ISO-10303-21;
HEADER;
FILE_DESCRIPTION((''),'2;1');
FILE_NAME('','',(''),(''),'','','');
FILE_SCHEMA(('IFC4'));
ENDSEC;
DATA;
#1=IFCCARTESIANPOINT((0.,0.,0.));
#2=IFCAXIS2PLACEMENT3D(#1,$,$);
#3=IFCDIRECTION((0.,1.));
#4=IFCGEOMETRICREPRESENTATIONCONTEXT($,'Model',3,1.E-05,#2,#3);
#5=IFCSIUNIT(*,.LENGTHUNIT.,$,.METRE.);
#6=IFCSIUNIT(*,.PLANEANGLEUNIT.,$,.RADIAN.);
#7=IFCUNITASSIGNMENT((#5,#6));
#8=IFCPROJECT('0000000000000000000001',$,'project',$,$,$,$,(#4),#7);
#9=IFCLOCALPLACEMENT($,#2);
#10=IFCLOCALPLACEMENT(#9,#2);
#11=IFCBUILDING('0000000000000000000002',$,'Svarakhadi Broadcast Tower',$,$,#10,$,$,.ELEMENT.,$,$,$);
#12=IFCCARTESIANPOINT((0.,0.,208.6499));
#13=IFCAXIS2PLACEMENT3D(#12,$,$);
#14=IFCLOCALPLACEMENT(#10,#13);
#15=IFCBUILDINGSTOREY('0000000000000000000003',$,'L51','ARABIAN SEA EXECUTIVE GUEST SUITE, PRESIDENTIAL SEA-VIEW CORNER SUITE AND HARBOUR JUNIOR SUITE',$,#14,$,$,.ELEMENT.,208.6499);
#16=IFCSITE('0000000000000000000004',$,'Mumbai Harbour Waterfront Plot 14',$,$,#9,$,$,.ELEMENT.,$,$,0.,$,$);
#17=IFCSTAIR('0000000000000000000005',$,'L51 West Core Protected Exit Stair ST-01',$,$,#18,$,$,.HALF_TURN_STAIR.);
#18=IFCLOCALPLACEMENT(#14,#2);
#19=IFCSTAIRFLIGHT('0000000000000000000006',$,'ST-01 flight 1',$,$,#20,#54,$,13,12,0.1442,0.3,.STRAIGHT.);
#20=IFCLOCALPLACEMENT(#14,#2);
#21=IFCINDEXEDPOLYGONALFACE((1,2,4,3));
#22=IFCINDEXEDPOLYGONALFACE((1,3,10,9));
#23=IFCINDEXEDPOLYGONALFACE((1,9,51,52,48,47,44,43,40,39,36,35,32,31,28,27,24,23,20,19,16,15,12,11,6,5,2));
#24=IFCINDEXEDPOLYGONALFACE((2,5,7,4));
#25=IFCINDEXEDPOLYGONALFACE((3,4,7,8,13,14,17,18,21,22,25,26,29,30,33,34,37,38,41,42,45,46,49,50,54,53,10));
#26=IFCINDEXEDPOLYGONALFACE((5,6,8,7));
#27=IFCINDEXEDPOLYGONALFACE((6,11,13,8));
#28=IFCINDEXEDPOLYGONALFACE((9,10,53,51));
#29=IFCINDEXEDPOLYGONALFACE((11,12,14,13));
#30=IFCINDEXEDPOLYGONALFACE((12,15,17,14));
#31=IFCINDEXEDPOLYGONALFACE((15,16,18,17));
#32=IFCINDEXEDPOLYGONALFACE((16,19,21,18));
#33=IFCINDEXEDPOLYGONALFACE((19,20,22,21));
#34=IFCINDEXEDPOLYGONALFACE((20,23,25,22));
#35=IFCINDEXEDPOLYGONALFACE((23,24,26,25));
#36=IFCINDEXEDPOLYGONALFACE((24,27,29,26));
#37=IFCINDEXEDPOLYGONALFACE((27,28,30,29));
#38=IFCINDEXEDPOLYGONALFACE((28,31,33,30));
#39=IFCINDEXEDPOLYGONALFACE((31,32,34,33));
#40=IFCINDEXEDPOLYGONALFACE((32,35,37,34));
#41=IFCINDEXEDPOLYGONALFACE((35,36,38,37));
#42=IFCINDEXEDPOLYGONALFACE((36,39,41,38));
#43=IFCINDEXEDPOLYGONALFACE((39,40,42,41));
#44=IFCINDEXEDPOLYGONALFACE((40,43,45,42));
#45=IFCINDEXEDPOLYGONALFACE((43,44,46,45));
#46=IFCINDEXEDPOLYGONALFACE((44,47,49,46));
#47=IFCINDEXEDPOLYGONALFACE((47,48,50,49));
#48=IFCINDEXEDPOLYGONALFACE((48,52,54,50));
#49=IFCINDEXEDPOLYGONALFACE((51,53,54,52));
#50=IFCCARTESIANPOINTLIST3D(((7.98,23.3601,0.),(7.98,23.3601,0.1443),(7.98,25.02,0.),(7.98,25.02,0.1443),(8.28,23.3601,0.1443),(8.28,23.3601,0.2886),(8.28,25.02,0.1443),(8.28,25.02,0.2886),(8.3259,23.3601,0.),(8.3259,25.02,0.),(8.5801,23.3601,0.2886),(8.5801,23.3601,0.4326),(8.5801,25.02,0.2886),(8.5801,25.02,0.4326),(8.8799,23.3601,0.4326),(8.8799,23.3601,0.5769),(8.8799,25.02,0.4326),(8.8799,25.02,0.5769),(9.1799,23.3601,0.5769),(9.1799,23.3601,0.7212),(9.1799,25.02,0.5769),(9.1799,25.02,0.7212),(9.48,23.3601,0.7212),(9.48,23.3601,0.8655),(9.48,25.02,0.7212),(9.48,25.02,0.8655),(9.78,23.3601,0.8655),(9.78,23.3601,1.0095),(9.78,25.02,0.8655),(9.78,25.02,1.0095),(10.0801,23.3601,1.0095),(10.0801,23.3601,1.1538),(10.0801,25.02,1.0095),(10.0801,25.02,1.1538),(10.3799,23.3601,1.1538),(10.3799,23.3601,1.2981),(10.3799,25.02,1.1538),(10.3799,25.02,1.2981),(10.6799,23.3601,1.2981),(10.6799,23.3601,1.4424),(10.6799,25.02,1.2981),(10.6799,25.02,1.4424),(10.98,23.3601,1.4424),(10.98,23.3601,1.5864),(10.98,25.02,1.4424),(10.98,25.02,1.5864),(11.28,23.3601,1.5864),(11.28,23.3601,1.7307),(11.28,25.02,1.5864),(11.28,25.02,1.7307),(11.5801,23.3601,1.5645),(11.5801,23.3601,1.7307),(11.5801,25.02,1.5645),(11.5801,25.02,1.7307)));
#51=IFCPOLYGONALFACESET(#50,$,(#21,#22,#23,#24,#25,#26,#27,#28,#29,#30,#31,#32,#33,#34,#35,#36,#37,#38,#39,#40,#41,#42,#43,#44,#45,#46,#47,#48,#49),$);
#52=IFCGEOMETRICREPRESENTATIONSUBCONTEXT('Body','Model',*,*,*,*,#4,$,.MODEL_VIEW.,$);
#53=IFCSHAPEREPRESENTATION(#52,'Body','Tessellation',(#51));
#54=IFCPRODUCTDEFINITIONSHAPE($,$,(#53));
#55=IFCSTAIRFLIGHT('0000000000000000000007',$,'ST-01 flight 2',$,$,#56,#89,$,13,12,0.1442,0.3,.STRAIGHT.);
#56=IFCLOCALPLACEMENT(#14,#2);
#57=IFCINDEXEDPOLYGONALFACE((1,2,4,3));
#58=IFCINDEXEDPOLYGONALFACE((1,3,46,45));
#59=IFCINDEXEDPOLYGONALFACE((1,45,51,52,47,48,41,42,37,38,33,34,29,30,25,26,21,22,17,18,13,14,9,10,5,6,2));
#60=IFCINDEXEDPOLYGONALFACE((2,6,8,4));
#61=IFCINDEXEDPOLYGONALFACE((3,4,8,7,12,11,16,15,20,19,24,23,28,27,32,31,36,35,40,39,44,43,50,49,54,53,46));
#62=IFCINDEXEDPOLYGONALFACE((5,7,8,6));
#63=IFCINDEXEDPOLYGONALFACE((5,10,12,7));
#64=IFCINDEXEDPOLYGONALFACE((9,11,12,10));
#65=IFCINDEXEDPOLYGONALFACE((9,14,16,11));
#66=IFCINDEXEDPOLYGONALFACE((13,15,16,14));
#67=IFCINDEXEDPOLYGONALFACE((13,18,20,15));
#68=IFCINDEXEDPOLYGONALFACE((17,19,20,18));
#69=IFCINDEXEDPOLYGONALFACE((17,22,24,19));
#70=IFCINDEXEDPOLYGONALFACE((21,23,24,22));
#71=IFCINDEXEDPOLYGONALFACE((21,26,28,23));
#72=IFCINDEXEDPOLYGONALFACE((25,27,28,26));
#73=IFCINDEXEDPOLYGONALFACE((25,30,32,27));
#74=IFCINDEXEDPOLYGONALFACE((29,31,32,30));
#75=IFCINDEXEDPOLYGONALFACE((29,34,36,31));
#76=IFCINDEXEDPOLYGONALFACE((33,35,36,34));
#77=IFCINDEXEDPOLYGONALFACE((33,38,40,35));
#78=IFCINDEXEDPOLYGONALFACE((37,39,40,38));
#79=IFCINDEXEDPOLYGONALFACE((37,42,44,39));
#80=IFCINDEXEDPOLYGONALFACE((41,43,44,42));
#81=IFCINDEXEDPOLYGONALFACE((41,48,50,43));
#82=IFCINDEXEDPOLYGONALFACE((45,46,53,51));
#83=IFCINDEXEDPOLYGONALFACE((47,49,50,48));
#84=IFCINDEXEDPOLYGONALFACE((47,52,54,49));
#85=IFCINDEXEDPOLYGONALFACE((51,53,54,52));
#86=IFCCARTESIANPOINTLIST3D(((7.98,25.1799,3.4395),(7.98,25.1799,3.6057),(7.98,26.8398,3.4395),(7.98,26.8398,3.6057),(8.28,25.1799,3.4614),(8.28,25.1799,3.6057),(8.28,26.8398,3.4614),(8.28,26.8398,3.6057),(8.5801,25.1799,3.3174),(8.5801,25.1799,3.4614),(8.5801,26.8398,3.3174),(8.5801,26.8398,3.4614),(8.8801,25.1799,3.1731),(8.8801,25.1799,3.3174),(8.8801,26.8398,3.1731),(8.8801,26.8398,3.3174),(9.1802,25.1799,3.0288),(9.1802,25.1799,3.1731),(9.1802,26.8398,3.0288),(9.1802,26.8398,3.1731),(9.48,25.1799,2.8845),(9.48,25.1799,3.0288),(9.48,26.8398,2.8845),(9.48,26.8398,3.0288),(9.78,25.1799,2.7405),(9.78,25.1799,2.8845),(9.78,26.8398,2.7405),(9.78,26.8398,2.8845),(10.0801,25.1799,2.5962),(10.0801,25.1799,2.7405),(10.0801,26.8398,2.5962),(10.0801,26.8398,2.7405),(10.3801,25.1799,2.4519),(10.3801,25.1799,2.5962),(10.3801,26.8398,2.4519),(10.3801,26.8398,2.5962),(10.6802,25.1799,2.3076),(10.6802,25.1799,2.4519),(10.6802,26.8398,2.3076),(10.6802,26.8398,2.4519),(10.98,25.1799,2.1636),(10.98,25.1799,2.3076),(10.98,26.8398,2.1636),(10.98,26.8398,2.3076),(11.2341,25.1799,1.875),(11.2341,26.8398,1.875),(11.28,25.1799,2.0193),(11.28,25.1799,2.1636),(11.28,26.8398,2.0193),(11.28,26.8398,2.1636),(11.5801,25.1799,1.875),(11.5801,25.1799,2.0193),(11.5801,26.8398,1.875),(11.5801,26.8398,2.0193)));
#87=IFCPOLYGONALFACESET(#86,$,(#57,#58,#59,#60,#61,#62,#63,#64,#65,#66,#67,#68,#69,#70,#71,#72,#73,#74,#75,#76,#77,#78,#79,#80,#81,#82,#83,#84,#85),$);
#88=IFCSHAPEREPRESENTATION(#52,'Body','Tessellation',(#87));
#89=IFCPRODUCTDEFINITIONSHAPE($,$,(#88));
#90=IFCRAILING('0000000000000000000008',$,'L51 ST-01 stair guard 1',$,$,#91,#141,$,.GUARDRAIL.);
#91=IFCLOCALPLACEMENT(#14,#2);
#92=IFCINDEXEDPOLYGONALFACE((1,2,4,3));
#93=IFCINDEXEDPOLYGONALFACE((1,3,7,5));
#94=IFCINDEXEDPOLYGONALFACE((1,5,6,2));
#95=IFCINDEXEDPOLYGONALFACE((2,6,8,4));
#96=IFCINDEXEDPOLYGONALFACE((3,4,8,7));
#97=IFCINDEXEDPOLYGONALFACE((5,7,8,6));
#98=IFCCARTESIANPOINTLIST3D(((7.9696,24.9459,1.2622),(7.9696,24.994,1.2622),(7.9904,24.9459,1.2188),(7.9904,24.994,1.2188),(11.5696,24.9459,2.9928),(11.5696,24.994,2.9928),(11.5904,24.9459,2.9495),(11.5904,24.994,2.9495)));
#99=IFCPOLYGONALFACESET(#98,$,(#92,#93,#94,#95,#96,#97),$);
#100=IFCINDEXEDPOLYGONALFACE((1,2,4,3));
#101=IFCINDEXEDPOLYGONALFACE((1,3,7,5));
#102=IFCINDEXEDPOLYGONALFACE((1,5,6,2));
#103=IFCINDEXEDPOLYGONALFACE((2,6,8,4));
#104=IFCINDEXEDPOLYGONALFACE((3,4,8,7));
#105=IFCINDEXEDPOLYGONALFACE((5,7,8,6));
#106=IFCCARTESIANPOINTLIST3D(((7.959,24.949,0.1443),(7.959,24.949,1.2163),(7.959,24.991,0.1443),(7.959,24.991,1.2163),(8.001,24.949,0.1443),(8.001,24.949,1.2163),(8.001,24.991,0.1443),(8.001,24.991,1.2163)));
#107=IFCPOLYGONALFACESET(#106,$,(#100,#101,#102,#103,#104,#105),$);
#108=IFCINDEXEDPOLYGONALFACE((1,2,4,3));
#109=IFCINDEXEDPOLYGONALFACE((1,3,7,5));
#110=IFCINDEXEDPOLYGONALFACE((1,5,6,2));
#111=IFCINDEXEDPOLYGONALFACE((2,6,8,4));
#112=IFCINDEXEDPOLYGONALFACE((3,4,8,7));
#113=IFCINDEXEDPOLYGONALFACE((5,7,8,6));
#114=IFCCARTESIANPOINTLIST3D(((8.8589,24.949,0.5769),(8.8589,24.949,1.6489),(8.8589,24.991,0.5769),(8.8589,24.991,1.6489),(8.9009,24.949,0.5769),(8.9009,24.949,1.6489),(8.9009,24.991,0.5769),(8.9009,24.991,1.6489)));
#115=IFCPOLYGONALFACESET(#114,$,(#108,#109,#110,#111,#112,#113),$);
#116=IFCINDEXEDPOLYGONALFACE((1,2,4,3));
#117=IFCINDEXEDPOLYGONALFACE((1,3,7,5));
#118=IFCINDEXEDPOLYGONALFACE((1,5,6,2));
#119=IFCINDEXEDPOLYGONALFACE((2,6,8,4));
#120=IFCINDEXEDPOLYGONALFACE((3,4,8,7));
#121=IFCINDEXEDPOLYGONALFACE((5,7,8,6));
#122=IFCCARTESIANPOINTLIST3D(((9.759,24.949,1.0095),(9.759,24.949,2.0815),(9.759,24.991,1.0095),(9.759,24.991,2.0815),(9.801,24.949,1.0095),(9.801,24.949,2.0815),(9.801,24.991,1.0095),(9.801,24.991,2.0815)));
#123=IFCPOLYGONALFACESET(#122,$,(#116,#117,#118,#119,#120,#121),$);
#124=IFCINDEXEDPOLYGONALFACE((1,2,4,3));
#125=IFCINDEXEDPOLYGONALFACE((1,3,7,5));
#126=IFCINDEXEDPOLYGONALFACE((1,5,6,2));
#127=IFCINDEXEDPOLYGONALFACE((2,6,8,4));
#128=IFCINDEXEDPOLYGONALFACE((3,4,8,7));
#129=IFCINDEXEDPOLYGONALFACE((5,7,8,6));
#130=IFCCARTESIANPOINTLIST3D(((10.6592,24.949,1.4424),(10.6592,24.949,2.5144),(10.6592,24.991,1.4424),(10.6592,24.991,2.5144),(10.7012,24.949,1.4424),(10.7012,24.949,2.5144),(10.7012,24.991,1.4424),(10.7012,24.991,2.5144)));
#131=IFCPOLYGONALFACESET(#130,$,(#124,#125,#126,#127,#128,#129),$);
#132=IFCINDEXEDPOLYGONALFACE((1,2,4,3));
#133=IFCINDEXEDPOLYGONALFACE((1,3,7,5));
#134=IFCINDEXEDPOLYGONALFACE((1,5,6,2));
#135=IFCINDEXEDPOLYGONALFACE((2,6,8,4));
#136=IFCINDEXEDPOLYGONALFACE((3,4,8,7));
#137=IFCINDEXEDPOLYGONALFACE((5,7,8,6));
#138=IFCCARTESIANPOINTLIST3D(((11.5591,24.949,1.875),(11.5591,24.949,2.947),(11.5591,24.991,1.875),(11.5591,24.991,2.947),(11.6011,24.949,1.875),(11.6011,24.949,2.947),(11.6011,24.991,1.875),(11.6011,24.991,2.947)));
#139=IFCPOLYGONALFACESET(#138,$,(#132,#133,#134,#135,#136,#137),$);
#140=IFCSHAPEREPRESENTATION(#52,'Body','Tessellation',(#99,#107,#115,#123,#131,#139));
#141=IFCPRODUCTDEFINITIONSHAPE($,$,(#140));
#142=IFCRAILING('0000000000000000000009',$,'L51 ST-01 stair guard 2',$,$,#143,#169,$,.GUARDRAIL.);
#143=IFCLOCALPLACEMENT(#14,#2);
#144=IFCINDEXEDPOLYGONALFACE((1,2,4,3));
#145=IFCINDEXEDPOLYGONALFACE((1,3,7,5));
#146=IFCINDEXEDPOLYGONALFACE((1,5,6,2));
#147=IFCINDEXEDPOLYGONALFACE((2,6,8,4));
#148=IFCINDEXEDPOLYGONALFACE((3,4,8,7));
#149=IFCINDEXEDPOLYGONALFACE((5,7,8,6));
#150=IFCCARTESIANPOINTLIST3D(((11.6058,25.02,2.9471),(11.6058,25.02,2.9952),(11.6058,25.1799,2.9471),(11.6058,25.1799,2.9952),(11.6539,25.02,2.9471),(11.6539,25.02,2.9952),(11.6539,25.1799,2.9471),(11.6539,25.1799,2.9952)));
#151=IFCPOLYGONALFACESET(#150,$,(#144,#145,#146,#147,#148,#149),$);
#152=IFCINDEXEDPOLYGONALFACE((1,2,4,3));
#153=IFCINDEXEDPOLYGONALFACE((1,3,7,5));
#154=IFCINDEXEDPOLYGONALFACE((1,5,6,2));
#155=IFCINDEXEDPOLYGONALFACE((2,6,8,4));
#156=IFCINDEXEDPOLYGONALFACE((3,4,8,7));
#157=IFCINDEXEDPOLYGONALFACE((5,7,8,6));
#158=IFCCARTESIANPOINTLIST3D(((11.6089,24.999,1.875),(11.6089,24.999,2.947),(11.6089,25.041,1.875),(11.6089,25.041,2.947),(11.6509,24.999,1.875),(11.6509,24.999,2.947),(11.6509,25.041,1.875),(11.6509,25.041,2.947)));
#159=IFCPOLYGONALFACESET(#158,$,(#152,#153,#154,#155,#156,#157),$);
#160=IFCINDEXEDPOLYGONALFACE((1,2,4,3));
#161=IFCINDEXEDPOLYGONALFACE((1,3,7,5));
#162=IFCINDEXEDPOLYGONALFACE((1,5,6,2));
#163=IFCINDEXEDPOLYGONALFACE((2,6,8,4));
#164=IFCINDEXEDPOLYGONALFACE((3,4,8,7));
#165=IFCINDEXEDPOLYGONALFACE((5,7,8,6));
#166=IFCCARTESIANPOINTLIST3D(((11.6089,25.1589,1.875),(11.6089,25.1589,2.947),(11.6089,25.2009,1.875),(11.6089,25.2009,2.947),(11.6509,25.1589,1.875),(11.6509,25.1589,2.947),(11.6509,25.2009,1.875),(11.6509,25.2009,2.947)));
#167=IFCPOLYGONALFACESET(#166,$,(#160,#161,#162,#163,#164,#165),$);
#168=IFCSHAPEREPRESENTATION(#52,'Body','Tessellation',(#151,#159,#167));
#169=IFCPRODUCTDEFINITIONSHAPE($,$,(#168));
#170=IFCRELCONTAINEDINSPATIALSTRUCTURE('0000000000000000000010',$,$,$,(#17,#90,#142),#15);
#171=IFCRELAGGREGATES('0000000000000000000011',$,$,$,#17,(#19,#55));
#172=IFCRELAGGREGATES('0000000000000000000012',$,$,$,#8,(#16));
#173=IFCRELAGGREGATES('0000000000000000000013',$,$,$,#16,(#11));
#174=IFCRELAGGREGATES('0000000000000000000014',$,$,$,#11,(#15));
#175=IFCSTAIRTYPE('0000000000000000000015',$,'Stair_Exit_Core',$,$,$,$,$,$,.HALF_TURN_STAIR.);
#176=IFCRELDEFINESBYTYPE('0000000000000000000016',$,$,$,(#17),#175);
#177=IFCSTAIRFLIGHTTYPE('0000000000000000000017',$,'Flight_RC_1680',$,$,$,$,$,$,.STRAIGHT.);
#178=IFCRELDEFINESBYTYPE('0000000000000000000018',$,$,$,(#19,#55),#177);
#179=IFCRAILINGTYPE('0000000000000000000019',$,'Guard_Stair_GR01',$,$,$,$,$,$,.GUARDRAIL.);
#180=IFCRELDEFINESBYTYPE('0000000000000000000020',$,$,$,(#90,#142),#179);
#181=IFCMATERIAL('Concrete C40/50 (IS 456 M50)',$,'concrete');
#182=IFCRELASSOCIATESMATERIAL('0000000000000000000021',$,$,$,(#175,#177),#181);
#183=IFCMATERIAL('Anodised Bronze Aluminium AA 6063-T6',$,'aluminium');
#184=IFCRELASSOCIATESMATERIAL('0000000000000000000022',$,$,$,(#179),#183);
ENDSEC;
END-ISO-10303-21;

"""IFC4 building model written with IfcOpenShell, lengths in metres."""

from ifc_helpers import new_model, si_unit, direction, frame, origin, origin_2d, place, context, subcontext, project, spatial, polyline, rectangle, outline, extrude, material, type_object, element, aggregate, save


model = new_model("IFC4")

# Units and contexts
model_context = context("Model", 3, precision=1e-05, world=origin(), true_north=direction((0.0, 1.0)))
body_context = subcontext(model_context, "Body", "Model", "MODEL_VIEW")
ifc_project = project(units=[si_unit("LENGTHUNIT", "METRE"), si_unit("PLANEANGLEUNIT", "RADIAN")], contexts=[model_context])

# Site, building, storey
site_placement = place(None, origin())
site = spatial("IfcSite", under=ifc_project, at=site_placement, Name="Mumbai Harbour Waterfront Plot 14", CompositionType="ELEMENT", RefElevation=0.0)
building_placement = place(site_placement, origin())
building = spatial("IfcBuilding", under=site, at=building_placement, Name="Svarakhadi Broadcast Tower", CompositionType="ELEMENT")
storey_placement = place(building_placement, frame((0.0, 0.0, 208.6499)))
storey = spatial("IfcBuildingStorey", under=building, at=storey_placement, Name="L51", Description="ARABIAN SEA EXECUTIVE GUEST SUITE, PRESIDENTIAL SEA-VIEW CORNER SUITE AND HARBOUR JUNIOR SUITE", CompositionType="ELEMENT", Elevation=208.6499)

# Shared definitions
ifc_material_1 = material(Name="Concrete C40/50 (IS 456 M50)", Category="concrete")

# Stair, stair flights
stair_type = type_object("IfcStairType", Name="Stair_Exit_Core", PredefinedType="HALF_TURN_STAIR", material=ifc_material_1)
stair_placement = place(storey_placement, origin())
stair = element("IfcStair", 1, at=stair_placement, inside=storey, type_object=stair_type, Name="L51 West Core Protected Exit Stair ST-01", PredefinedType="HALF_TURN_STAIR")
stair_flight_type = type_object("IfcStairFlightType", Name="Flight_RC_1680", PredefinedType="STRAIGHT", material=ifc_material_1)
stair_flight_1_placement = place(storey_placement, frame((7.98, 24.1899, 0.0), z_axis=(0.0, 0.0, 1.0), x_axis=(1.0, 0.0, 0.0)))
stair_flight_1 = element("IfcStairFlight", 2, at=stair_flight_1_placement, type_object=stair_flight_type, Name="ST-01 flight 1", NumberOfRisers=13, NumberOfTreads=12, PredefinedType="STRAIGHT", RiserHeight=0.1442, TreadLength=0.3, context=body_context, shape_type="SweptSolid", body=[
    extrude(outline(polyline([(0.0, 0.0), (0.0, 0.1443), (0.3, 0.1443), (0.3, 0.2886), (0.6001, 0.2886), (0.6001, 0.4326), (0.8999, 0.4326), (0.8999, 0.5769), (1.2, 0.5769), (1.2, 0.7212), (1.5, 0.7212), (1.5, 0.8655), (1.8, 0.8655), (1.8, 1.0095), (2.1001, 1.0095), (2.1001, 1.1538), (2.3999, 1.1538), (2.3999, 1.2981), (2.7, 1.2981), (2.7, 1.4424), (3.0, 1.4424), (3.0, 1.5864), (3.3, 1.5864), (3.3, 1.7307), (3.6001, 1.7307), (3.6001, 1.875), (3.6001, 1.5645), (0.3459, 0.0), (0.0, 0.0)])), frame((0.0, 0.8301, 0.0), z_axis=(0.0, -1.0, 0.0), x_axis=(1.0, 0.0, 0.0)), (0.0, 0.0, 1.0), 1.6599),
])
stair_flight_2_placement = place(storey_placement, frame((11.5801, 26.01, 1.875), z_axis=(0.0, 0.0, 1.0), x_axis=(-1.0, 0.0, 0.0)))
stair_flight_2 = element("IfcStairFlight", 3, at=stair_flight_2_placement, type_object=stair_flight_type, Name="ST-01 flight 2", NumberOfRisers=13, NumberOfTreads=12, PredefinedType="STRAIGHT", RiserHeight=0.1442, TreadLength=0.3, context=body_context, shape_type="SweptSolid", body=[
    extrude(outline(polyline([(0.0, 0.0), (0.0, 0.1443), (0.3, 0.1443), (0.3, 0.2886), (0.6001, 0.2886), (0.6001, 0.4326), (0.8999, 0.4326), (0.8999, 0.5769), (1.2, 0.5769), (1.2, 0.7212), (1.5, 0.7212), (1.5, 0.8655), (1.8, 0.8655), (1.8, 1.0095), (2.1001, 1.0095), (2.1001, 1.1538), (2.3999, 1.1538), (2.3999, 1.2981), (2.7, 1.2981), (2.7, 1.4424), (3.0, 1.4424), (3.0, 1.5864), (3.3, 1.5864), (3.3, 1.7307), (3.6001, 1.7307), (3.6001, 1.875), (3.6001, 1.5645), (0.3459, 0.0), (0.0, 0.0)])), frame((0.0, 0.8301, 0.0), z_axis=(0.0, -1.0, 0.0), x_axis=(1.0, 0.0, 0.0)), (0.0, 0.0, 1.0), 1.6599),
])
aggregate(stair, [stair_flight_1, stair_flight_2])

# Railings
ifc_material_2 = material(Name="Anodised Bronze Aluminium AA 6063-T6", Category="aluminium")
railing_type_1 = type_object("IfcRailingType", Name="Guard_Stair_GR01", PredefinedType="GUARDRAIL", material=ifc_material_2)
railing_1_placement = place(storey_placement, frame((7.98, 24.97, 0.1443)))
element("IfcRailing", 4, at=railing_1_placement, inside=storey, type_object=railing_type_1, Name="L51 ST-01 stair guard 1", PredefinedType="GUARDRAIL", context=body_context, shape_type="SweptSolid", body=[
    extrude(rectangle(XDim=0.0481, YDim=0.0481, at=origin_2d()), frame((0.0, 0.0, 1.0962), z_axis=(0.901263, 0.0, 0.433273), x_axis=(0.0, 1.0, 0.0)), (0.0, 0.0, 1.0), 3.9944),
    extrude(rectangle(XDim=0.042, YDim=0.042, at=origin_2d()), origin(), (0.0, 0.0, 1.0), 1.072),
    extrude(rectangle(XDim=0.042, YDim=0.042, at=origin_2d()), frame((0.8999, 0.0, 0.4326)), (0.0, 0.0, 1.0), 1.072),
    extrude(rectangle(XDim=0.042, YDim=0.042, at=origin_2d()), frame((1.8, 0.0, 0.8652)), (0.0, 0.0, 1.0), 1.072),
    extrude(rectangle(XDim=0.042, YDim=0.042, at=origin_2d()), frame((2.7002, 0.0, 1.2981)), (0.0, 0.0, 1.0), 1.072),
    extrude(rectangle(XDim=0.042, YDim=0.042, at=origin_2d()), frame((3.6001, 0.0, 1.7307)), (0.0, 0.0, 1.0), 1.072),
])
railing_2_placement = place(storey_placement, frame((11.6299, 25.02, 1.875)))
element("IfcRailing", 5, at=railing_2_placement, inside=storey, type_object=railing_type_1, Name="L51 ST-01 stair guard 2", PredefinedType="GUARDRAIL", context=body_context, shape_type="SweptSolid", body=[
    extrude(rectangle(XDim=0.0481, YDim=0.0481, at=origin_2d()), frame((0.0, 0.0, 1.0962), z_axis=(0.0, 1.0, 0.0), x_axis=(-1.0, 0.0, 0.0)), (0.0, 0.0, 1.0), 0.1599),
    extrude(rectangle(XDim=0.042, YDim=0.042, at=origin_2d()), origin(), (0.0, 0.0, 1.0), 1.072),
    extrude(rectangle(XDim=0.042, YDim=0.042, at=origin_2d()), frame((0.0, 0.1599, 0.0)), (0.0, 0.0, 1.0), 1.072),
])

save(model, "model.ifc")
